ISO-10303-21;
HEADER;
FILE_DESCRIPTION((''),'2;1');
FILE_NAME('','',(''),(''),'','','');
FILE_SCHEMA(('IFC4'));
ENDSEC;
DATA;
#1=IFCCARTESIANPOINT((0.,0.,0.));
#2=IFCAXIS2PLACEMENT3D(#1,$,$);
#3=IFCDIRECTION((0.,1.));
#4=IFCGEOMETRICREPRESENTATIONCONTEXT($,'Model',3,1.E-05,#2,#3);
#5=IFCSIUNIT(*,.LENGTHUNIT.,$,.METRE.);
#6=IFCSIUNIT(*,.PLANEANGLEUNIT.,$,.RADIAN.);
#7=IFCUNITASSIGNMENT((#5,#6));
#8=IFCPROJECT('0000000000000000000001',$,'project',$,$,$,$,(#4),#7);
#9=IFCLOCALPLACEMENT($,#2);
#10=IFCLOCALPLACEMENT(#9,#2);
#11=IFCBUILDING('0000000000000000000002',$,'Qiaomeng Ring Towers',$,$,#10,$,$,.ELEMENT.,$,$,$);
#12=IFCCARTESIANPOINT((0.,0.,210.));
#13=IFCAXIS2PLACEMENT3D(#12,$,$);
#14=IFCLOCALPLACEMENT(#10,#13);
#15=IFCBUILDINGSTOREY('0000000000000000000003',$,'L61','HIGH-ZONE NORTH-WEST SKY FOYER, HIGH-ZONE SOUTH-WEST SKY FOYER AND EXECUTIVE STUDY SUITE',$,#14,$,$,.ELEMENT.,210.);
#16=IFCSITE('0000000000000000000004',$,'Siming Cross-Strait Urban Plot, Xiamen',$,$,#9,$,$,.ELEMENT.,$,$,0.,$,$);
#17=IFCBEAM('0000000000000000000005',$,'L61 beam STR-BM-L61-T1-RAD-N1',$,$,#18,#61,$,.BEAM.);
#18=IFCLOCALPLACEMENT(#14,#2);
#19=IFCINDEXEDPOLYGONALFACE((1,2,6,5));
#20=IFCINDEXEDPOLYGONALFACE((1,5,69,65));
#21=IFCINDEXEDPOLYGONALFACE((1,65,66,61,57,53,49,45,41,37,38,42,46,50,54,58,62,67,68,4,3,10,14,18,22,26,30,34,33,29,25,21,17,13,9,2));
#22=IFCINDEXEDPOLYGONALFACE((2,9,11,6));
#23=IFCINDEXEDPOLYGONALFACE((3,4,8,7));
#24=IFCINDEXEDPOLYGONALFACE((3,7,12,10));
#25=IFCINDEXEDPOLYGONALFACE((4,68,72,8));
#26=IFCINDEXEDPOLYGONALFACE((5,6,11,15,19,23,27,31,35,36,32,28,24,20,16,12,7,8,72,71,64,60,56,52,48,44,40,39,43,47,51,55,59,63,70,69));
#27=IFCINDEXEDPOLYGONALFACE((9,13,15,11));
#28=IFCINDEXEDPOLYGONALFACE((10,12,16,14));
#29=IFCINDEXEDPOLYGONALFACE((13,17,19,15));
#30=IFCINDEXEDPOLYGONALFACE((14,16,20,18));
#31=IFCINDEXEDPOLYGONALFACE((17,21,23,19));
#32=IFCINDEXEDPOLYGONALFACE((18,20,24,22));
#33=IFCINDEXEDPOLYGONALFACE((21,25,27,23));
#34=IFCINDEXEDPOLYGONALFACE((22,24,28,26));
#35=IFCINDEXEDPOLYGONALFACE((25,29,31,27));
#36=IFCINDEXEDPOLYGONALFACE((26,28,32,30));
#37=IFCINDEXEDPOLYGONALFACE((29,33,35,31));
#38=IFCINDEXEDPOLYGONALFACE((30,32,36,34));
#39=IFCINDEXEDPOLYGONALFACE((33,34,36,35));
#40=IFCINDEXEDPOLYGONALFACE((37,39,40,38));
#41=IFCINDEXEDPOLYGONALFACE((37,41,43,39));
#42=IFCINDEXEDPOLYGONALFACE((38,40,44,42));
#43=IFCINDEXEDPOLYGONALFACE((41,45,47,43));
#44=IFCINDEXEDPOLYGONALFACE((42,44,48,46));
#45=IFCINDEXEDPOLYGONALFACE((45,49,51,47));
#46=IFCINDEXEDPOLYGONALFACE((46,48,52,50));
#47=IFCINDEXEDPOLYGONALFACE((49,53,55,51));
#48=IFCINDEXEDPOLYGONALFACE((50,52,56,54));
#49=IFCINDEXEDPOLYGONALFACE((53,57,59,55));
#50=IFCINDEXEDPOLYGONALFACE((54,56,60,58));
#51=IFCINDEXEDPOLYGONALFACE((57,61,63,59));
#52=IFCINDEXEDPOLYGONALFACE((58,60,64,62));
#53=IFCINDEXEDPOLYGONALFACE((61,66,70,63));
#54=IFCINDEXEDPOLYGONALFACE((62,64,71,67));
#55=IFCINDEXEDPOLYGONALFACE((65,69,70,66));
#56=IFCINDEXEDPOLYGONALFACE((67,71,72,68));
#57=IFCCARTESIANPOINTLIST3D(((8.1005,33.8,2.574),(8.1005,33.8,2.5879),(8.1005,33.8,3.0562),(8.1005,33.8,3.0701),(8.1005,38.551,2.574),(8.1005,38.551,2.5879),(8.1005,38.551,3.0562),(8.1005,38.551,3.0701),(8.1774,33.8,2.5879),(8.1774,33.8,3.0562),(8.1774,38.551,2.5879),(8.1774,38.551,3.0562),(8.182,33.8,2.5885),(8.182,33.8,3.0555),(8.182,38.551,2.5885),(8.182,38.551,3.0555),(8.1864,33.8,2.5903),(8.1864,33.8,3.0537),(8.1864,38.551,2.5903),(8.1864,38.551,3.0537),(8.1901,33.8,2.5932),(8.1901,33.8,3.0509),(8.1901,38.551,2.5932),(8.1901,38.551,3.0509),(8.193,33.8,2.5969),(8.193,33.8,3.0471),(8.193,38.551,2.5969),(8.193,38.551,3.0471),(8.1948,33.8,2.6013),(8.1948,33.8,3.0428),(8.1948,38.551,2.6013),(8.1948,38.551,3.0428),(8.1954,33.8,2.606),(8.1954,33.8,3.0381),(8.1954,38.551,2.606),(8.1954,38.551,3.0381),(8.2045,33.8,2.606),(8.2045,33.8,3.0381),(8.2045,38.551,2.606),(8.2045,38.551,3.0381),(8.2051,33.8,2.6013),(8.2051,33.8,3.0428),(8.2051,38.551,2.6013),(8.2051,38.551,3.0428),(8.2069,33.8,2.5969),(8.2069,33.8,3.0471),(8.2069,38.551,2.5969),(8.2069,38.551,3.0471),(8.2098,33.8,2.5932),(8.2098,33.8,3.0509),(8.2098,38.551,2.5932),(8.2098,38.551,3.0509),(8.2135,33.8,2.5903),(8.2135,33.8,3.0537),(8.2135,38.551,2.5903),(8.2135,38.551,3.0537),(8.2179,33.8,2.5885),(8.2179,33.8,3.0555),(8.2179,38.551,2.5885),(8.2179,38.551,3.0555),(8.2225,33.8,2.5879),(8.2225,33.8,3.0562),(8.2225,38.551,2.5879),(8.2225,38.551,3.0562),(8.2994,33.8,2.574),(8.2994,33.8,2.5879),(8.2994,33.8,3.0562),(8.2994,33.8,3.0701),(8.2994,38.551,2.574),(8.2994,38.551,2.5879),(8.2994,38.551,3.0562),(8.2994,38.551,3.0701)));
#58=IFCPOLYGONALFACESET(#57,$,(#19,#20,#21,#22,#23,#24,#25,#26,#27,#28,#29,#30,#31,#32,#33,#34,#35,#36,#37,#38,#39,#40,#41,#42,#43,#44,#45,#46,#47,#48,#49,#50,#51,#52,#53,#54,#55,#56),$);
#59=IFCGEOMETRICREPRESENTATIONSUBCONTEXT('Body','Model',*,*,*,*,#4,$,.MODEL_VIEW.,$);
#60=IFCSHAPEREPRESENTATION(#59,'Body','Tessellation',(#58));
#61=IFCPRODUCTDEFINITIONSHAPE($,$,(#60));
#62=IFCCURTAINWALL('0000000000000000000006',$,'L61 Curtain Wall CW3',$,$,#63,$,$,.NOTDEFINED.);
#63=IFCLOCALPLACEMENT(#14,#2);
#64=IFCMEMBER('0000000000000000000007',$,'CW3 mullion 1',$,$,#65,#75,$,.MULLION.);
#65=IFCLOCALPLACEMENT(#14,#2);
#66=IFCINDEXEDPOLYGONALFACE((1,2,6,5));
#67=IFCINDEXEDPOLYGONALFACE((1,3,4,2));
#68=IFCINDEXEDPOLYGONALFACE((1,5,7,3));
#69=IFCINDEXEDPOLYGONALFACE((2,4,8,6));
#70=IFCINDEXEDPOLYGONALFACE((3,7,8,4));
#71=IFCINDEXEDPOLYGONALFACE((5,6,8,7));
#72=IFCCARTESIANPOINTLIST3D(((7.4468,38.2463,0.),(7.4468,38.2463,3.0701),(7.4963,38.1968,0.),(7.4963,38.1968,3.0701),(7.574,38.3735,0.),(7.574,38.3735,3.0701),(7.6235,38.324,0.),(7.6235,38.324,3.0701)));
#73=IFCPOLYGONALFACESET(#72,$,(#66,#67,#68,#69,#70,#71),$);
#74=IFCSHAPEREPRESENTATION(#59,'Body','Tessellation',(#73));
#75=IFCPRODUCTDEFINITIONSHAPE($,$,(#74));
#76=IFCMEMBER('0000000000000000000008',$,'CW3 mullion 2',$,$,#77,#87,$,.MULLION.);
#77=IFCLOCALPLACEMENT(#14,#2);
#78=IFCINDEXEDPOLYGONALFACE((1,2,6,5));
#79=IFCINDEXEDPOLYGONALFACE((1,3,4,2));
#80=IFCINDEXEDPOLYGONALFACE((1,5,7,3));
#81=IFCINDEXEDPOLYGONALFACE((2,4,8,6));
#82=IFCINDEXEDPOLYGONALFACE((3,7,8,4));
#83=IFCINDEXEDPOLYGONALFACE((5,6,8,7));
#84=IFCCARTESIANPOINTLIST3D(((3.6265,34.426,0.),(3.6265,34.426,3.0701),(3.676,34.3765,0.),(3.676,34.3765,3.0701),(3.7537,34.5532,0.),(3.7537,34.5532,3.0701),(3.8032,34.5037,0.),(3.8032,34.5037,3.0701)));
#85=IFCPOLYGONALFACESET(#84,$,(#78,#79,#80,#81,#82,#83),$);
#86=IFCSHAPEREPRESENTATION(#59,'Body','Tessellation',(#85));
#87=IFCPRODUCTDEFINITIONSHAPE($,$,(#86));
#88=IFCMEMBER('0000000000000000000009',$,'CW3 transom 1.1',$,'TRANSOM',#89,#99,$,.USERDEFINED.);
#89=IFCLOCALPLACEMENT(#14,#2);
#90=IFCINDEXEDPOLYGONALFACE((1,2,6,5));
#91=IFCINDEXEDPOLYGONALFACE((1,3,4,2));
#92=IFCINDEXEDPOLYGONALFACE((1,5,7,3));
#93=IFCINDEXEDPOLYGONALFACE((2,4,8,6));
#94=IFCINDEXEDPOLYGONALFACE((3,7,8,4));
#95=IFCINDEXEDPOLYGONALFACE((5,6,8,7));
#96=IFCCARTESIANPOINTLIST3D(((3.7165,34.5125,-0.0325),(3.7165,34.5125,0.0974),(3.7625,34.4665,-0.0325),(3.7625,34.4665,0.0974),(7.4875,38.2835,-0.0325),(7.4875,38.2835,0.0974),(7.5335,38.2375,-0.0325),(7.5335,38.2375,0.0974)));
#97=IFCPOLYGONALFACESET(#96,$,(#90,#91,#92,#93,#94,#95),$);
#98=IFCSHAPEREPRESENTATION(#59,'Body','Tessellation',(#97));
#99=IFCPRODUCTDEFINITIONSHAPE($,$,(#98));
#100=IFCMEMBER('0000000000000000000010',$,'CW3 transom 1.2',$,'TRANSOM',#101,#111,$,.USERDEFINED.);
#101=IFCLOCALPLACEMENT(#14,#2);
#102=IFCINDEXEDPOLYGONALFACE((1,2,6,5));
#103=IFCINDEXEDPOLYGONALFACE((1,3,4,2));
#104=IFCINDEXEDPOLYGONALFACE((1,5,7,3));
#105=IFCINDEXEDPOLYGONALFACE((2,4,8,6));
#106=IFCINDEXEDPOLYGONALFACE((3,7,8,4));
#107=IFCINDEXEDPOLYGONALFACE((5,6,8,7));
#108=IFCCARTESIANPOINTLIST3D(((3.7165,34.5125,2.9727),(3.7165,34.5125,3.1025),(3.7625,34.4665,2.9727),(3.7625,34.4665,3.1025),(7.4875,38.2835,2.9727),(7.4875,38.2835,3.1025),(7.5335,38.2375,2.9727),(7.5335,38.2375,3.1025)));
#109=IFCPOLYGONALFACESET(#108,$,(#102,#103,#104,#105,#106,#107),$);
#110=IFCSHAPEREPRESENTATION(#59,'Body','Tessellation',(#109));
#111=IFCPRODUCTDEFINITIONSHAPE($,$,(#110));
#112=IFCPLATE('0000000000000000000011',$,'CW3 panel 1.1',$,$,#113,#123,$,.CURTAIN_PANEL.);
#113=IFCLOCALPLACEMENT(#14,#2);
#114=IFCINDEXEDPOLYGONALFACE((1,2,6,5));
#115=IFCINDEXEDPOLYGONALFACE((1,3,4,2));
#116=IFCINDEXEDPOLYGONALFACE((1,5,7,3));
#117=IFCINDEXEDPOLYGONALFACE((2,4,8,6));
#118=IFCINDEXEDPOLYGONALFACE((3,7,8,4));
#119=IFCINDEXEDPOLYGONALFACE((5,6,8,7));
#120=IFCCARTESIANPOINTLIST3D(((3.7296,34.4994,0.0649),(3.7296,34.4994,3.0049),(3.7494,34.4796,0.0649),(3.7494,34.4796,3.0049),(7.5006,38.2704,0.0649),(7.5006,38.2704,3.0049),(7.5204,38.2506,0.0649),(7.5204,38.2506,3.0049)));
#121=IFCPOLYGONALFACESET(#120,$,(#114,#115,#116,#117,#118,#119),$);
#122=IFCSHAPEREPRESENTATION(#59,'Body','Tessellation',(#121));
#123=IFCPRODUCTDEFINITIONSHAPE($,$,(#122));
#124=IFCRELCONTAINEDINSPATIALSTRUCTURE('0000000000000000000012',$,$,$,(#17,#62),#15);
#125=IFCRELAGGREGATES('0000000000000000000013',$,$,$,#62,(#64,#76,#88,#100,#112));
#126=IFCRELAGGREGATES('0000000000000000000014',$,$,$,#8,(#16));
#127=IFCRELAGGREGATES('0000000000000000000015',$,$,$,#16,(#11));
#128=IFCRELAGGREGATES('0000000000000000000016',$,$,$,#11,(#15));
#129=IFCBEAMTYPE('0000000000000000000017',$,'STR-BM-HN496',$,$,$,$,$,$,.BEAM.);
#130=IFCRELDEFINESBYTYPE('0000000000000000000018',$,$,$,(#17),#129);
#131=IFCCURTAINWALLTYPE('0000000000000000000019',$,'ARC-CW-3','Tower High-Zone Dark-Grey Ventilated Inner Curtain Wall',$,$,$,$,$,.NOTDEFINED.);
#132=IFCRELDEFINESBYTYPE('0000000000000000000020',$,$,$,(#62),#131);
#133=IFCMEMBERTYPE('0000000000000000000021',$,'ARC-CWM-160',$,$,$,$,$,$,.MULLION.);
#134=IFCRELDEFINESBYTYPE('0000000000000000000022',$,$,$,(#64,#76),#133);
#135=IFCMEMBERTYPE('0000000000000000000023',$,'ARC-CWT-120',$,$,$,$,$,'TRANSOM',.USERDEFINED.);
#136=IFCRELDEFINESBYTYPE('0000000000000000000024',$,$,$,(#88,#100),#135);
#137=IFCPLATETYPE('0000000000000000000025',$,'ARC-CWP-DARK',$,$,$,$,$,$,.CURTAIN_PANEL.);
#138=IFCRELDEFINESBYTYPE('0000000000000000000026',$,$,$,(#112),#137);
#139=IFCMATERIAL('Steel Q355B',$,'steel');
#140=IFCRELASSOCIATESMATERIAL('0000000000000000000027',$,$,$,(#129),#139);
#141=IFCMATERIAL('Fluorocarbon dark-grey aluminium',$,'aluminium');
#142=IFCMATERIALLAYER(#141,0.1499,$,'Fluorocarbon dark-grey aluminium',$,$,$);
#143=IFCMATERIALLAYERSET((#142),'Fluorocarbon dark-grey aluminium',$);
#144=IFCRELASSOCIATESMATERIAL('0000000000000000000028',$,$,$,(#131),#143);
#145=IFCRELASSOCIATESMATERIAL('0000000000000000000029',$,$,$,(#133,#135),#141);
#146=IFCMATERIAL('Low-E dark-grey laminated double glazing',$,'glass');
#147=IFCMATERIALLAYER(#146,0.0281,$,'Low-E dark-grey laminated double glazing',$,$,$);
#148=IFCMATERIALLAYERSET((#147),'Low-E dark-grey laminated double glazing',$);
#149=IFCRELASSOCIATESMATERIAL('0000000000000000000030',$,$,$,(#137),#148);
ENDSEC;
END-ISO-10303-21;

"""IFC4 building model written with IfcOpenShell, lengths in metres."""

from ifc_helpers import new_model, si_unit, direction, frame, origin, origin_2d, place, context, subcontext, project, spatial, rectangle, i_section, extrude, source, transform, mapped, material, layer, layer_set, material_profile, profile_set, type_object, element, aggregate, save


model = new_model("IFC4")

# Units and contexts
model_context = context("Model", 3, precision=1e-05, world=origin(), true_north=direction((0.0, 1.0)))
body_context = subcontext(model_context, "Body", "Model", "MODEL_VIEW")
ifc_project = project(units=[si_unit("LENGTHUNIT", "METRE"), si_unit("PLANEANGLEUNIT", "RADIAN")], contexts=[model_context])

# Site, building, storey
site_placement = place(None, origin())
site = spatial("IfcSite", under=ifc_project, at=site_placement, Name="Siming Cross-Strait Urban Plot, Xiamen", CompositionType="ELEMENT", RefElevation=0.0)
building_placement = place(site_placement, origin())
building = spatial("IfcBuilding", under=site, at=building_placement, Name="Qiaomeng Ring Towers", CompositionType="ELEMENT")
storey_placement = place(building_placement, frame((0.0, 0.0, 210.0)))
storey = spatial("IfcBuildingStorey", under=building, at=storey_placement, Name="L61", Description="HIGH-ZONE NORTH-WEST SKY FOYER, HIGH-ZONE SOUTH-WEST SKY FOYER AND EXECUTIVE STUDY SUITE", CompositionType="ELEMENT", Elevation=210.0)

# Beam
ifc_material_1 = material(Name="Steel Q355B", Category="steel")
ifc_material_profile_1 = material_profile(ifc_material_1, i_section(OverallWidth=0.199, OverallDepth=0.4961, WebThickness=0.009, FlangeThickness=0.0139, FilletRadius=0.0181, at=origin_2d()), Name="HN 496x199x9x14")
ifc_profile_set_1 = profile_set([ifc_material_profile_1], Name="Steel Q355B")
beam_type_1 = type_object("IfcBeamType", Name="STR-BM-HN496", PredefinedType="BEAM", material=ifc_profile_set_1)
shared_shape_1 = source(origin(), body_context, "Body", "SweptSolid", [
    extrude(i_section(OverallWidth=0.199, OverallDepth=0.4961, WebThickness=0.009, FlangeThickness=0.0139, FilletRadius=0.0181, at=origin_2d()), origin(), (0.0, 0.0, 1.0), 4.751),
])
beam_1_placement = place(storey_placement, frame((8.2, 38.551, 2.822), z_axis=(0.0, -1.0, 0.0), x_axis=(1.0, 0.0, 0.0)))
element("IfcBeam", 1, at=beam_1_placement, inside=storey, type_object=beam_type_1, Name="L61 beam STR-BM-L61-T1-RAD-N1", PredefinedType="BEAM", context=body_context, shape_type="MappedRepresentation", body=[
    mapped(shared_shape_1, transform((0.0, 0.0, 0.0), x_axis=(1.0, 0.0, 0.0), y_axis=(0.0, 1.0, 0.0), z_axis=(0.0, 0.0, 1.0), scale=1.0)),
])

# Curtain wall, members, plate
ifc_material_2 = material(Name="Fluorocarbon dark-grey aluminium", Category="aluminium")
ifc_layer_1 = layer(ifc_material_2, 0.1499, Name="Fluorocarbon dark-grey aluminium")
ifc_layer_set_1 = layer_set([ifc_layer_1], Name="Fluorocarbon dark-grey aluminium")
curtain_wall_type = type_object("IfcCurtainWallType", Name="ARC-CW-3", Description="Tower High-Zone Dark-Grey Ventilated Inner Curtain Wall", PredefinedType="NOTDEFINED", material=ifc_layer_set_1)
curtain_wall_placement = place(storey_placement, origin())
curtain_wall = element("IfcCurtainWall", 2, at=curtain_wall_placement, inside=storey, type_object=curtain_wall_type, Name="L61 Curtain Wall CW3", PredefinedType="NOTDEFINED")
ifc_material_profile_2 = material_profile(ifc_material_2, rectangle(XDim=0.0701, YDim=0.1799, at=origin_2d()), Name="ALU MULL 70x180")
ifc_profile_set_2 = profile_set([ifc_material_profile_2], Name="Fluorocarbon dark-grey aluminium")
member_type_1 = type_object("IfcMemberType", Name="ARC-CWM-160", PredefinedType="MULLION", material=ifc_profile_set_2)
shared_shape_2 = source(origin(), body_context, "Body", "SweptSolid", [
    extrude(rectangle(XDim=0.0701, YDim=0.1799, at=origin_2d()), origin(), (0.0, 0.0, 1.0), 3.0701),
])
member_1_placement = place(storey_placement, frame((7.5352, 38.2852, 0.0), z_axis=(0.0, 0.0, 1.0), x_axis=(0.707107, -0.707107, 0.0)))
member_1 = element("IfcMember", 3, at=member_1_placement, type_object=member_type_1, Name="CW3 mullion 1", PredefinedType="MULLION", context=body_context, shape_type="MappedRepresentation", body=[
    mapped(shared_shape_2, transform((0.0, 0.0, 0.0), x_axis=(1.0, 0.0, 0.0), y_axis=(0.0, 1.0, 0.0), z_axis=(0.0, 0.0, 1.0), scale=1.0)),
])
member_2_placement = place(storey_placement, frame((3.7148, 34.4648, 0.0), z_axis=(0.0, 0.0, 1.0), x_axis=(0.707107, -0.707107, 0.0)))
member_2 = element("IfcMember", 4, at=member_2_placement, type_object=member_type_1, Name="CW3 mullion 2", PredefinedType="MULLION", context=body_context, shape_type="MappedRepresentation", body=[
    mapped(shared_shape_2, transform((0.0, 0.0, 0.0), x_axis=(1.0, 0.0, 0.0), y_axis=(0.0, 1.0, 0.0), z_axis=(0.0, 0.0, 1.0), scale=1.0)),
])
ifc_material_profile_3 = material_profile(ifc_material_2, rectangle(XDim=0.0649, YDim=0.1299, at=origin_2d()), Name="ALU TRAN 65x130")
ifc_profile_set_3 = profile_set([ifc_material_profile_3], Name="Fluorocarbon dark-grey aluminium")
member_type_2 = type_object("IfcMemberType", Name="ARC-CWT-120", ElementType="TRANSOM", PredefinedType="USERDEFINED", material=ifc_profile_set_3)
shared_shape_3 = source(origin(), body_context, "Body", "SweptSolid", [
    extrude(rectangle(XDim=0.0649, YDim=0.1299, at=origin_2d()), origin(), (0.0, 0.0, 1.0), 5.333),
])
member_3_placement = place(storey_placement, frame((7.5105, 38.2605, 0.0325), z_axis=(-0.707107, -0.707107, 0.0), x_axis=(0.707107, -0.707107, 0.0)))
member_3 = element("IfcMember", 5, at=member_3_placement, type_object=member_type_2, Name="CW3 transom 1.1", ObjectType="TRANSOM", PredefinedType="USERDEFINED", context=body_context, shape_type="MappedRepresentation", body=[
    mapped(shared_shape_3, transform((0.0, 0.0, 0.0), x_axis=(1.0, 0.0, 0.0), y_axis=(0.0, 1.0, 0.0), z_axis=(0.0, 0.0, 1.0), scale=1.0)),
])
member_4_placement = place(storey_placement, frame((7.5105, 38.2605, 3.0376), z_axis=(-0.707107, -0.707107, 0.0), x_axis=(0.707107, -0.707107, 0.0)))
member_4 = element("IfcMember", 6, at=member_4_placement, type_object=member_type_2, Name="CW3 transom 1.2", ObjectType="TRANSOM", PredefinedType="USERDEFINED", context=body_context, shape_type="MappedRepresentation", body=[
    mapped(shared_shape_3, transform((0.0, 0.0, 0.0), x_axis=(1.0, 0.0, 0.0), y_axis=(0.0, 1.0, 0.0), z_axis=(0.0, 0.0, 1.0), scale=1.0)),
])
ifc_material_3 = material(Name="Low-E dark-grey laminated double glazing", Category="glass")
ifc_layer_2 = layer(ifc_material_3, 0.0281, Name="Low-E dark-grey laminated double glazing")
ifc_layer_set_2 = layer_set([ifc_layer_2], Name="Low-E dark-grey laminated double glazing")
plate_type = type_object("IfcPlateType", Name="ARC-CWP-DARK", PredefinedType="CURTAIN_PANEL", material=ifc_layer_set_2)
shared_shape_4 = source(origin(), body_context, "Body", "SweptSolid", [
    extrude(rectangle(XDim=5.333, YDim=0.0281, at=origin_2d()), origin(), (0.0, 0.0, 1.0), 2.9399),
])
plate_placement = place(storey_placement, frame((5.625, 36.375, 0.0649), z_axis=(0.0, 0.0, 1.0), x_axis=(-0.707107, -0.707107, 0.0)))
plate = element("IfcPlate", 7, at=plate_placement, type_object=plate_type, Name="CW3 panel 1.1", PredefinedType="CURTAIN_PANEL", context=body_context, shape_type="MappedRepresentation", body=[
    mapped(shared_shape_4, transform((0.0, 0.0, 0.0), x_axis=(1.0, 0.0, 0.0), y_axis=(0.0, 1.0, 0.0), z_axis=(0.0, 0.0, 1.0), scale=1.0)),
])
aggregate(curtain_wall, [member_1, member_2, member_3, member_4, plate])

save(model, "model.ifc")
